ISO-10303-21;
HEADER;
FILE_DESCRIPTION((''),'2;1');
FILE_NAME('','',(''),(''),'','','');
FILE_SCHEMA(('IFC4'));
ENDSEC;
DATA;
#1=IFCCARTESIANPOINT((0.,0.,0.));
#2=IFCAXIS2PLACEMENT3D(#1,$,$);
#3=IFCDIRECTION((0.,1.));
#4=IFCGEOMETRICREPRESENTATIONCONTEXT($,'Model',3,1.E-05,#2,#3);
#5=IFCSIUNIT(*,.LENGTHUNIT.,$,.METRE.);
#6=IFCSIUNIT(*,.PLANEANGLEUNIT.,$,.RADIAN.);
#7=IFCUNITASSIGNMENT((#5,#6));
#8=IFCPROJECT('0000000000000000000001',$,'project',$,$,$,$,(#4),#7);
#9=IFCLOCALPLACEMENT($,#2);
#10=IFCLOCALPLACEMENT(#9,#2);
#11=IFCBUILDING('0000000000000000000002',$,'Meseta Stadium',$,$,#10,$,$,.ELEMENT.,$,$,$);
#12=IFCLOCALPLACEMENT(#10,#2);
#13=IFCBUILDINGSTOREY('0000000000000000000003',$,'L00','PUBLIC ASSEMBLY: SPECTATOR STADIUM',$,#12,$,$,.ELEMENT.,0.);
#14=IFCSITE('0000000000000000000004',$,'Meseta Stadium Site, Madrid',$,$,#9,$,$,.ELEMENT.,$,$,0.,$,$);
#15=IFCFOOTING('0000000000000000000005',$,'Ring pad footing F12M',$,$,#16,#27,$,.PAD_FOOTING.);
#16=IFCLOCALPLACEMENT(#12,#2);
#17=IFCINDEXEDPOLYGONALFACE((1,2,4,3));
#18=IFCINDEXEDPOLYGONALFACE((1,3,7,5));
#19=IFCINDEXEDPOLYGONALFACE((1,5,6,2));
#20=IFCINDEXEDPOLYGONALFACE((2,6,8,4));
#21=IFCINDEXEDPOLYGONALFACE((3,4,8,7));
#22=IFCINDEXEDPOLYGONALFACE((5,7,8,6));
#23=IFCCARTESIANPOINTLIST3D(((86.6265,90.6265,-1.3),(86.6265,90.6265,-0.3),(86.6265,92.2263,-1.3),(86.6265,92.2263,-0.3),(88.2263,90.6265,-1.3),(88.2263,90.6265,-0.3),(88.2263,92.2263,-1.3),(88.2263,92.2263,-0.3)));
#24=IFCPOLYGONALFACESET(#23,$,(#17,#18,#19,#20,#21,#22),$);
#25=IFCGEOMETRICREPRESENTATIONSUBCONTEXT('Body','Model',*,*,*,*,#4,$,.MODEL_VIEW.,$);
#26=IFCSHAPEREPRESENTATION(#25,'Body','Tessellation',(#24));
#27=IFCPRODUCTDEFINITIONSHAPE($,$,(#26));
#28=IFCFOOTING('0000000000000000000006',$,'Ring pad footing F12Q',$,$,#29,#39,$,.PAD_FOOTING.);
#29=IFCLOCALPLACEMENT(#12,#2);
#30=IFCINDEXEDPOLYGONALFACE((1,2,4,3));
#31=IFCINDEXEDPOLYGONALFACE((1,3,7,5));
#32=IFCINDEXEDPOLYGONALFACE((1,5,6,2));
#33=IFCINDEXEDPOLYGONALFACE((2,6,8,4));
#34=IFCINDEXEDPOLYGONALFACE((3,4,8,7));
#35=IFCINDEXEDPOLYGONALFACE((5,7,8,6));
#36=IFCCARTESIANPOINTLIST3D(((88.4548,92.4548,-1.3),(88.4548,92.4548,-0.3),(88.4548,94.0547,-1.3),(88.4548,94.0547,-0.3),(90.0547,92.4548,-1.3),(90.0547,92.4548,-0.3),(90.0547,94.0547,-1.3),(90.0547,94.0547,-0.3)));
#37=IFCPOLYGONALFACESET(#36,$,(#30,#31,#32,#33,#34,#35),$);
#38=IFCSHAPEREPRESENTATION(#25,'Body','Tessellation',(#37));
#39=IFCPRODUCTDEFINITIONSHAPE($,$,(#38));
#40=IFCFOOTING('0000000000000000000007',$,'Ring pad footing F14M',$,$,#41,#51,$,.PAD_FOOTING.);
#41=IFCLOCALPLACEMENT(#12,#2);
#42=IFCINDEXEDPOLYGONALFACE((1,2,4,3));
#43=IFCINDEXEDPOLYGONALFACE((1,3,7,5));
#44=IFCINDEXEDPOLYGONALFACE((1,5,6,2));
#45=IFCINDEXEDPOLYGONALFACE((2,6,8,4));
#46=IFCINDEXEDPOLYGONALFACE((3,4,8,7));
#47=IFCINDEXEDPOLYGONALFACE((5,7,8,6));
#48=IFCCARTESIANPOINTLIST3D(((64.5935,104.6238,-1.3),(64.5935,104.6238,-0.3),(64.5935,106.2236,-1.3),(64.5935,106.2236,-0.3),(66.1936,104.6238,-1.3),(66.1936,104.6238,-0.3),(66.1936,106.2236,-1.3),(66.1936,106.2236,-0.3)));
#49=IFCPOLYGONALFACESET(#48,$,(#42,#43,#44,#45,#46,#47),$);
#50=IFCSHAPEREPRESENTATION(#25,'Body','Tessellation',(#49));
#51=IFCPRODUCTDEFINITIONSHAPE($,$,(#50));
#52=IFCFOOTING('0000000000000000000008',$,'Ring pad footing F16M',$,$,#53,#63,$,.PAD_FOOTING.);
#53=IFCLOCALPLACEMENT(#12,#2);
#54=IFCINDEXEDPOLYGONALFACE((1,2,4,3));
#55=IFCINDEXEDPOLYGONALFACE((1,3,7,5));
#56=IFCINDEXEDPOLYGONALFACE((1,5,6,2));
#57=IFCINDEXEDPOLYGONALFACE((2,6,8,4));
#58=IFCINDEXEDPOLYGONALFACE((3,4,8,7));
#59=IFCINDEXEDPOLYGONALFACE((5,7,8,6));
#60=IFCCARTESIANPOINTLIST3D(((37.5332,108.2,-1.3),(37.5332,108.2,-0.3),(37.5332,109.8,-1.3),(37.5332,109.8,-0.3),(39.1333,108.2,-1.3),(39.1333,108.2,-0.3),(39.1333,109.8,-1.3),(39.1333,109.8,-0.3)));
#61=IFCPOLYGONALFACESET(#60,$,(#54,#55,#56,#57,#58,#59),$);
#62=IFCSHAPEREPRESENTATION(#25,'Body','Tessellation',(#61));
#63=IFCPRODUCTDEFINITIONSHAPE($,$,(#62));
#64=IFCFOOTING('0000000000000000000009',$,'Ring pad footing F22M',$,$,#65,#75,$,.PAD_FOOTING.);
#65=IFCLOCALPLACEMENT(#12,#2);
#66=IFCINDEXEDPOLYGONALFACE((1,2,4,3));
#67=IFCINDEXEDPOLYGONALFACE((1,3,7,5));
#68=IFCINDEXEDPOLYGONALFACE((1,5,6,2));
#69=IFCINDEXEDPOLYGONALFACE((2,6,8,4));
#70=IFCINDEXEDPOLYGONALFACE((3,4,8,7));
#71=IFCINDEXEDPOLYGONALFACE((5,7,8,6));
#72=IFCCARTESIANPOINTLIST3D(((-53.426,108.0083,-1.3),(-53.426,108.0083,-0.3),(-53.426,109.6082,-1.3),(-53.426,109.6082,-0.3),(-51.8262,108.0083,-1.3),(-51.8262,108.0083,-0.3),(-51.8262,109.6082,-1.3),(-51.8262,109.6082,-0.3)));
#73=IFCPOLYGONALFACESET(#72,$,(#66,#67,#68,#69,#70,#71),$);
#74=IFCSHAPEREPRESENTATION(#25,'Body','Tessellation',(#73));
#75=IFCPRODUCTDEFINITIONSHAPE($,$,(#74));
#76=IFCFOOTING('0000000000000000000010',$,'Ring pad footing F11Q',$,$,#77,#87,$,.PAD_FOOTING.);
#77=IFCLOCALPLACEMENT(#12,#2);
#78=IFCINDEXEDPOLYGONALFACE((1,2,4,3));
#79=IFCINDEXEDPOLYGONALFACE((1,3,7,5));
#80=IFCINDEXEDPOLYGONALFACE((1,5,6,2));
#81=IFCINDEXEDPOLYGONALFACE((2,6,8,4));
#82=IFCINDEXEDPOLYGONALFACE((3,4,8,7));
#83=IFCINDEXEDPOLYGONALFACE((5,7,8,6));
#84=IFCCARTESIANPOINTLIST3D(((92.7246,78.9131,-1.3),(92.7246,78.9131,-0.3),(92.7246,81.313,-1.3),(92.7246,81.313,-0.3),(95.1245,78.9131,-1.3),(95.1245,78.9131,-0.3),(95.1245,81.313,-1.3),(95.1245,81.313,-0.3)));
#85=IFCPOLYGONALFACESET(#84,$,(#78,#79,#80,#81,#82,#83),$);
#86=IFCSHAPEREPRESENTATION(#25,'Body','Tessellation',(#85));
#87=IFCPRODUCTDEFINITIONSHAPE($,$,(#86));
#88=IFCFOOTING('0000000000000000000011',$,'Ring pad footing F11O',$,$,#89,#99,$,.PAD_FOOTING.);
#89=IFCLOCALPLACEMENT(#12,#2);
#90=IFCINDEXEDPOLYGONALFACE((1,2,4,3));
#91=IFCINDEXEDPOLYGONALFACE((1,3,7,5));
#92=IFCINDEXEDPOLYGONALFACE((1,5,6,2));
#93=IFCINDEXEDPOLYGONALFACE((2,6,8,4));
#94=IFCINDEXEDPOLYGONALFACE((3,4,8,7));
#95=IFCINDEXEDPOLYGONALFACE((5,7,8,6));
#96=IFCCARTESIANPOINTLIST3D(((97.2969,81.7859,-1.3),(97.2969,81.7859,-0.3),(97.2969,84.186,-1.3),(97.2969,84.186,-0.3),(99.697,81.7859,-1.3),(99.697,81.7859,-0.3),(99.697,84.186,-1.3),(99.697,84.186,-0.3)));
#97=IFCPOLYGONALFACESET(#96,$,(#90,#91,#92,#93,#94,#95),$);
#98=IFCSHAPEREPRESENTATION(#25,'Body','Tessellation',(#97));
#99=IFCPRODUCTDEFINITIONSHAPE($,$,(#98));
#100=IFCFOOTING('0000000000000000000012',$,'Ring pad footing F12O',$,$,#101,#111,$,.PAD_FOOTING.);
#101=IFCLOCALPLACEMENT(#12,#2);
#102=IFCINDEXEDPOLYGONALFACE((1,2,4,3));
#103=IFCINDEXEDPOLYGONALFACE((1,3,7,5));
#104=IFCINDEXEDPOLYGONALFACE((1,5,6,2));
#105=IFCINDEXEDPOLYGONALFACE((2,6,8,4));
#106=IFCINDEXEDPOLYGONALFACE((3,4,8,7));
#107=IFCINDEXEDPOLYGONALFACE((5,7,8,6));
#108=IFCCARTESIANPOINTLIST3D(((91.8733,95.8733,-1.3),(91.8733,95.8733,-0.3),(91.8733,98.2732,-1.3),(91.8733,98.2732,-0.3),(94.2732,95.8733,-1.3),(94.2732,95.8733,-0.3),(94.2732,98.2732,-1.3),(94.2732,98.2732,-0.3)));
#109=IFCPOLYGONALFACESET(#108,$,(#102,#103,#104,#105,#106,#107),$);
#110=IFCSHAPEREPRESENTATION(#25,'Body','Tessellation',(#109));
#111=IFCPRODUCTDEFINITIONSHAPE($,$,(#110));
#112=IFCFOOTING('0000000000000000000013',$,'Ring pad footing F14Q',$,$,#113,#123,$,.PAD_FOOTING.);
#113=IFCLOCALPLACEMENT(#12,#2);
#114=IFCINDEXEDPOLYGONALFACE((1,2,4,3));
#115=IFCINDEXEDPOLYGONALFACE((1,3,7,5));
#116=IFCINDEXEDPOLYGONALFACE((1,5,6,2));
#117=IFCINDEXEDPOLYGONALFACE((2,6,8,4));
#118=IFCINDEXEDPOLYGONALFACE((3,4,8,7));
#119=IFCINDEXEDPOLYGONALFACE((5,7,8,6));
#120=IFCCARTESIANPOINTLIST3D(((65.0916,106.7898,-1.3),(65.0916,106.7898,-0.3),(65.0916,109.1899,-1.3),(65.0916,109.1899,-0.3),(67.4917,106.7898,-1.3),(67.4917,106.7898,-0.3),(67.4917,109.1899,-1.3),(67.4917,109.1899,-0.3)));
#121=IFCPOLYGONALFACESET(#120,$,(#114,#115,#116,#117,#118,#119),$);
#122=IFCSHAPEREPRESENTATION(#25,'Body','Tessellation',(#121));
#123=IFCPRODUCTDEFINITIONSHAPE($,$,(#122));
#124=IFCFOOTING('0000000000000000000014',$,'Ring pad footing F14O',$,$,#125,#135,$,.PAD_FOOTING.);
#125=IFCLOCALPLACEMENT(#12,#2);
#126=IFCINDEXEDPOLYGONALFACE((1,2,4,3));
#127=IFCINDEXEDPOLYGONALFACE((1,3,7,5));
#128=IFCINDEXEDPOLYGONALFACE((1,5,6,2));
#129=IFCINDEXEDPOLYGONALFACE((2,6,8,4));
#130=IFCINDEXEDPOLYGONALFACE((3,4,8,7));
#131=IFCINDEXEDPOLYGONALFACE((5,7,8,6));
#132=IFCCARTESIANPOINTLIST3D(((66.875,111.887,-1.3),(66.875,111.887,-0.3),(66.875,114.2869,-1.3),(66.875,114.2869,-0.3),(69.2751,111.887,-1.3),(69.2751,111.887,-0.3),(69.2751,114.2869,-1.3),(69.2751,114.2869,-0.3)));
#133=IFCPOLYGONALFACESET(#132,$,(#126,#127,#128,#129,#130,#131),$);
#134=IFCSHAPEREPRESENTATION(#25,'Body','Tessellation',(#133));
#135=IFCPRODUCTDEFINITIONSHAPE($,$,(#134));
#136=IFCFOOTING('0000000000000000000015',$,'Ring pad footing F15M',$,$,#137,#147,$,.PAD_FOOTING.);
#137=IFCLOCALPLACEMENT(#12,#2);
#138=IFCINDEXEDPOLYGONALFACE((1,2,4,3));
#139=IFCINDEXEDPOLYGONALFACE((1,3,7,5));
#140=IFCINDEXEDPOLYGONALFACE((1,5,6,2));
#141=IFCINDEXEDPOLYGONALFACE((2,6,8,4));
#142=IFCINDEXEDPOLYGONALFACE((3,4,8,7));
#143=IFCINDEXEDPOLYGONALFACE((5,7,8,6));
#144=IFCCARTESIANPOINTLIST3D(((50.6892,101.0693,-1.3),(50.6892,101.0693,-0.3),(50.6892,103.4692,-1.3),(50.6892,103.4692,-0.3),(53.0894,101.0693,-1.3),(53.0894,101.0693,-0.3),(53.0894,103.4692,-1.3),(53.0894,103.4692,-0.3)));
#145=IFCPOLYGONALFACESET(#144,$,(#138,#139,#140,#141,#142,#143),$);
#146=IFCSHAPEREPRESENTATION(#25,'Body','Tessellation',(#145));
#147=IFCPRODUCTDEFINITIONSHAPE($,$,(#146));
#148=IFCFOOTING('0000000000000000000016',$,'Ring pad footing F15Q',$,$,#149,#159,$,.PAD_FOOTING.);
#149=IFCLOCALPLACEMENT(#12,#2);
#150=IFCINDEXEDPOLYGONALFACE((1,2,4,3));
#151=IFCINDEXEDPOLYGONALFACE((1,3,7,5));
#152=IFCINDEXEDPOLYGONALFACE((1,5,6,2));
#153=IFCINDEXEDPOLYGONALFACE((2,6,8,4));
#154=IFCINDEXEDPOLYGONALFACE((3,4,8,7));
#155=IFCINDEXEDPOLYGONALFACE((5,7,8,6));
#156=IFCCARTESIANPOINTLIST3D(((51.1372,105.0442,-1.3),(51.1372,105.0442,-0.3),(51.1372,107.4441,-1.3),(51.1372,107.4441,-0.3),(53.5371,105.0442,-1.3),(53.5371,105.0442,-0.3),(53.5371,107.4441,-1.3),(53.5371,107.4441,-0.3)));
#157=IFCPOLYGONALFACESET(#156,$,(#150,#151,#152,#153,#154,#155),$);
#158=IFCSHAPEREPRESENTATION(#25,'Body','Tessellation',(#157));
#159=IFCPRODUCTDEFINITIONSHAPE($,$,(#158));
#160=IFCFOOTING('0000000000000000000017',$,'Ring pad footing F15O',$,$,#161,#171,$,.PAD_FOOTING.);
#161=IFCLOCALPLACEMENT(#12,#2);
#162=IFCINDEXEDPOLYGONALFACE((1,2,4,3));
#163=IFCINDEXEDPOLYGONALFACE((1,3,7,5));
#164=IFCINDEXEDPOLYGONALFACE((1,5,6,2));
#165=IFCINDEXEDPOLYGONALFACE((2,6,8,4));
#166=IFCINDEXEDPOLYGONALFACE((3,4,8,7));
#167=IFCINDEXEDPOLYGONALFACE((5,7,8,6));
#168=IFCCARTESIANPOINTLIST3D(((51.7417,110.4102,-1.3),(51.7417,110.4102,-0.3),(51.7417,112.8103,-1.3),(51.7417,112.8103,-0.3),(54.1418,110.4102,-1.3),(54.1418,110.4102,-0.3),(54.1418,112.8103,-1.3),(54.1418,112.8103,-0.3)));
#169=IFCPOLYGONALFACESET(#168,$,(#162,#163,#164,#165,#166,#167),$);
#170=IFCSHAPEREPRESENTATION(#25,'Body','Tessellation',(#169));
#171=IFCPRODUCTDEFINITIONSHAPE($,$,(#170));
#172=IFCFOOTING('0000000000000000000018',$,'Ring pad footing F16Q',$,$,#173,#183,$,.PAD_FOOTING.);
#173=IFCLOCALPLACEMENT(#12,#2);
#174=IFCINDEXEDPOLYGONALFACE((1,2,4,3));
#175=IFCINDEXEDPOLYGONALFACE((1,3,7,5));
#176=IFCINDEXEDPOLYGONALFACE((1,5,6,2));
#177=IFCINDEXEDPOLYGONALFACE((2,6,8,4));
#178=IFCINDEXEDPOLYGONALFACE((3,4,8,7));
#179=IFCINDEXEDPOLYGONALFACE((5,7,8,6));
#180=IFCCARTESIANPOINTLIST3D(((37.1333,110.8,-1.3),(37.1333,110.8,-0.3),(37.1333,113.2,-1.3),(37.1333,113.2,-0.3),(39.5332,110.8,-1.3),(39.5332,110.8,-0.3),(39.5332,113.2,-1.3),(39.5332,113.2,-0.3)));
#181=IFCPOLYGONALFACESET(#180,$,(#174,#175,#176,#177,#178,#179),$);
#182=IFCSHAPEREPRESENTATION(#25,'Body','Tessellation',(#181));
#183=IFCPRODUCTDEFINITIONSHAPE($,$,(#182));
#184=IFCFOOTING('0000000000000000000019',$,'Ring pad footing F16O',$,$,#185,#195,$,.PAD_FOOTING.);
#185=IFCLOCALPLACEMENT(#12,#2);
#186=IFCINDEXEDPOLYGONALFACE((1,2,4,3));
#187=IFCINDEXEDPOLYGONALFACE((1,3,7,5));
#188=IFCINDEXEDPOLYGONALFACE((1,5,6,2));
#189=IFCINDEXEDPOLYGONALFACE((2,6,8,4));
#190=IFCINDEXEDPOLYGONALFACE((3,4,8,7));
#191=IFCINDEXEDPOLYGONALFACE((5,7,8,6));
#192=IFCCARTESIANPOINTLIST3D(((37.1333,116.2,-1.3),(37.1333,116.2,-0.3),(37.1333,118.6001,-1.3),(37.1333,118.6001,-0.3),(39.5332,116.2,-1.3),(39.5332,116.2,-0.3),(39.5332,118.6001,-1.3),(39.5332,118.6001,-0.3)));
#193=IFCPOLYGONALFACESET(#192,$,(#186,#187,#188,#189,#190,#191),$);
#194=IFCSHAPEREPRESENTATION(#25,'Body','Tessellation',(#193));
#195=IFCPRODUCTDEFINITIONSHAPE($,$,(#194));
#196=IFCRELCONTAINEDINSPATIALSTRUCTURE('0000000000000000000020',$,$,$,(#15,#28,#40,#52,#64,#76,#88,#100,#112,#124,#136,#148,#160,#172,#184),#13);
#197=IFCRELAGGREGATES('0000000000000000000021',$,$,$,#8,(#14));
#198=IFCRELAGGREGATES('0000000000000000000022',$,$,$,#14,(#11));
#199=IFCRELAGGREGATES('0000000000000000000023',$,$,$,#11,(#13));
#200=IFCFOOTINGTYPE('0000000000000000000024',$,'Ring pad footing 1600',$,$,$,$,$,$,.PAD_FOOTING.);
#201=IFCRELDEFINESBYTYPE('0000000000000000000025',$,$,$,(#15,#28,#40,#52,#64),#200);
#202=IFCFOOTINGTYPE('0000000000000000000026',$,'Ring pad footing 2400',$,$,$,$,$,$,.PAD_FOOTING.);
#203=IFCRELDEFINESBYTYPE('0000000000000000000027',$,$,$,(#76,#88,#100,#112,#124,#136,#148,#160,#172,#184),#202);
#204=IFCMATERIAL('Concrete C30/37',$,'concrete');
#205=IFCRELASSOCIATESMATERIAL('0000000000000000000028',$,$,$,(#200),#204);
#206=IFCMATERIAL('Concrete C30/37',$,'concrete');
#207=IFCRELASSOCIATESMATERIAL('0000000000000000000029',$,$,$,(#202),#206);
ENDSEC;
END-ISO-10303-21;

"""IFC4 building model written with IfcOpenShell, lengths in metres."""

from ifc_helpers import new_model, si_unit, direction, frame, origin, place, context, subcontext, project, spatial, polyline, outline, extrude, material, type_object, element, save


model = new_model("IFC4")

# Units and contexts
model_context = context("Model", 3, precision=1e-05, world=origin(), true_north=direction((0.0, 1.0)))
body_context = subcontext(model_context, "Body", "Model", "MODEL_VIEW")
ifc_project = project(units=[si_unit("LENGTHUNIT", "METRE"), si_unit("PLANEANGLEUNIT", "RADIAN")], contexts=[model_context])

# Site, building, storey
site_placement = place(None, origin())
site = spatial("IfcSite", under=ifc_project, at=site_placement, Name="Meseta Stadium Site, Madrid", CompositionType="ELEMENT", RefElevation=0.0)
building_placement = place(site_placement, origin())
building = spatial("IfcBuilding", under=site, at=building_placement, Name="Meseta Stadium", CompositionType="ELEMENT")
storey_placement = place(building_placement, origin())
storey = spatial("IfcBuildingStorey", under=building, at=storey_placement, Name="L00", Description="PUBLIC ASSEMBLY: SPECTATOR STADIUM", CompositionType="ELEMENT", Elevation=0.0)

# Footings
ifc_material_1 = material(Name="Concrete C30/37", Category="concrete")
footing_type_1 = type_object("IfcFootingType", Name="Ring pad footing 1600", PredefinedType="PAD_FOOTING", material=ifc_material_1)
footing_1_placement = place(storey_placement, frame((0.0, 0.0, -1.3)))
element("IfcFooting", 1, at=footing_1_placement, inside=storey, type_object=footing_type_1, Name="Ring pad footing F12M", PredefinedType="PAD_FOOTING", context=body_context, shape_type="SweptSolid", body=[
    extrude(outline(polyline([(88.2263, 90.6265), (88.2263, 92.2263), (86.6265, 92.2263), (86.6265, 90.6265), (88.2263, 90.6265)])), origin(), (0.0, 0.0, 1.0), 1.0),
])
footing_2_placement = place(storey_placement, frame((0.0, 0.0, -1.3)))
element("IfcFooting", 2, at=footing_2_placement, inside=storey, type_object=footing_type_1, Name="Ring pad footing F12Q", PredefinedType="PAD_FOOTING", context=body_context, shape_type="SweptSolid", body=[
    extrude(outline(polyline([(90.0547, 92.4548), (90.0547, 94.0547), (88.4548, 94.0547), (88.4548, 92.4548), (90.0547, 92.4548)])), origin(), (0.0, 0.0, 1.0), 1.0),
])
footing_3_placement = place(storey_placement, frame((0.0, 0.0, -1.3)))
element("IfcFooting", 3, at=footing_3_placement, inside=storey, type_object=footing_type_1, Name="Ring pad footing F14M", PredefinedType="PAD_FOOTING", context=body_context, shape_type="SweptSolid", body=[
    extrude(outline(polyline([(66.1936, 104.6238), (66.1936, 106.2236), (64.5935, 106.2236), (64.5935, 104.6238), (66.1936, 104.6238)])), origin(), (0.0, 0.0, 1.0), 1.0),
])
footing_4_placement = place(storey_placement, frame((0.0, 0.0, -1.3)))
element("IfcFooting", 4, at=footing_4_placement, inside=storey, type_object=footing_type_1, Name="Ring pad footing F16M", PredefinedType="PAD_FOOTING", context=body_context, shape_type="SweptSolid", body=[
    extrude(outline(polyline([(39.1333, 108.2), (39.1333, 109.8), (37.5332, 109.8), (37.5332, 108.2), (39.1333, 108.2)])), origin(), (0.0, 0.0, 1.0), 1.0),
])
footing_5_placement = place(storey_placement, frame((0.0, 0.0, -1.3)))
element("IfcFooting", 5, at=footing_5_placement, inside=storey, type_object=footing_type_1, Name="Ring pad footing F22M", PredefinedType="PAD_FOOTING", context=body_context, shape_type="SweptSolid", body=[
    extrude(outline(polyline([(-51.8262, 108.0083), (-51.8262, 109.6082), (-53.426, 109.6082), (-53.426, 108.0083), (-51.8262, 108.0083)])), origin(), (0.0, 0.0, 1.0), 1.0),
])
ifc_material_2 = material(Name="Concrete C30/37", Category="concrete")
footing_type_2 = type_object("IfcFootingType", Name="Ring pad footing 2400", PredefinedType="PAD_FOOTING", material=ifc_material_2)
footing_6_placement = place(storey_placement, frame((0.0, 0.0, -1.3)))
element("IfcFooting", 6, at=footing_6_placement, inside=storey, type_object=footing_type_2, Name="Ring pad footing F11Q", PredefinedType="PAD_FOOTING", context=body_context, shape_type="SweptSolid", body=[
    extrude(outline(polyline([(95.1245, 78.9131), (95.1245, 81.313), (92.7246, 81.313), (92.7246, 78.9131), (95.1245, 78.9131)])), origin(), (0.0, 0.0, 1.0), 1.0),
])
footing_7_placement = place(storey_placement, frame((0.0, 0.0, -1.3)))
element("IfcFooting", 7, at=footing_7_placement, inside=storey, type_object=footing_type_2, Name="Ring pad footing F11O", PredefinedType="PAD_FOOTING", context=body_context, shape_type="SweptSolid", body=[
    extrude(outline(polyline([(99.697, 81.7859), (99.697, 84.186), (97.2969, 84.186), (97.2969, 81.7859), (99.697, 81.7859)])), origin(), (0.0, 0.0, 1.0), 1.0),
])
footing_8_placement = place(storey_placement, frame((0.0, 0.0, -1.3)))
element("IfcFooting", 8, at=footing_8_placement, inside=storey, type_object=footing_type_2, Name="Ring pad footing F12O", PredefinedType="PAD_FOOTING", context=body_context, shape_type="SweptSolid", body=[
    extrude(outline(polyline([(94.2732, 95.8733), (94.2732, 98.2732), (91.8733, 98.2732), (91.8733, 95.8733), (94.2732, 95.8733)])), origin(), (0.0, 0.0, 1.0), 1.0),
])
footing_9_placement = place(storey_placement, frame((0.0, 0.0, -1.3)))
element("IfcFooting", 9, at=footing_9_placement, inside=storey, type_object=footing_type_2, Name="Ring pad footing F14Q", PredefinedType="PAD_FOOTING", context=body_context, shape_type="SweptSolid", body=[
    extrude(outline(polyline([(67.4917, 106.7898), (67.4917, 109.1899), (65.0916, 109.1899), (65.0916, 106.7898), (67.4917, 106.7898)])), origin(), (0.0, 0.0, 1.0), 1.0),
])
footing_10_placement = place(storey_placement, frame((0.0, 0.0, -1.3)))
element("IfcFooting", 10, at=footing_10_placement, inside=storey, type_object=footing_type_2, Name="Ring pad footing F14O", PredefinedType="PAD_FOOTING", context=body_context, shape_type="SweptSolid", body=[
    extrude(outline(polyline([(69.2751, 111.887), (69.2751, 114.2869), (66.875, 114.2869), (66.875, 111.887), (69.2751, 111.887)])), origin(), (0.0, 0.0, 1.0), 1.0),
])
footing_11_placement = place(storey_placement, frame((0.0, 0.0, -1.3)))
element("IfcFooting", 11, at=footing_11_placement, inside=storey, type_object=footing_type_2, Name="Ring pad footing F15M", PredefinedType="PAD_FOOTING", context=body_context, shape_type="SweptSolid", body=[
    extrude(outline(polyline([(53.0894, 101.0693), (53.0894, 103.4692), (50.6892, 103.4692), (50.6892, 101.0693), (53.0894, 101.0693)])), origin(), (0.0, 0.0, 1.0), 1.0),
])
footing_12_placement = place(storey_placement, frame((0.0, 0.0, -1.3)))
element("IfcFooting", 12, at=footing_12_placement, inside=storey, type_object=footing_type_2, Name="Ring pad footing F15Q", PredefinedType="PAD_FOOTING", context=body_context, shape_type="SweptSolid", body=[
    extrude(outline(polyline([(53.5371, 105.0442), (53.5371, 107.4441), (51.1372, 107.4441), (51.1372, 105.0442), (53.5371, 105.0442)])), origin(), (0.0, 0.0, 1.0), 1.0),
])
footing_13_placement = place(storey_placement, frame((0.0, 0.0, -1.3)))
element("IfcFooting", 13, at=footing_13_placement, inside=storey, type_object=footing_type_2, Name="Ring pad footing F15O", PredefinedType="PAD_FOOTING", context=body_context, shape_type="SweptSolid", body=[
    extrude(outline(polyline([(54.1418, 110.4102), (54.1418, 112.8103), (51.7417, 112.8103), (51.7417, 110.4102), (54.1418, 110.4102)])), origin(), (0.0, 0.0, 1.0), 1.0),
])
footing_14_placement = place(storey_placement, frame((0.0, 0.0, -1.3)))
element("IfcFooting", 14, at=footing_14_placement, inside=storey, type_object=footing_type_2, Name="Ring pad footing F16Q", PredefinedType="PAD_FOOTING", context=body_context, shape_type="SweptSolid", body=[
    extrude(outline(polyline([(39.5332, 110.8), (39.5332, 113.2), (37.1333, 113.2), (37.1333, 110.8), (39.5332, 110.8)])), origin(), (0.0, 0.0, 1.0), 1.0),
])
footing_15_placement = place(storey_placement, frame((0.0, 0.0, -1.3)))
element("IfcFooting", 15, at=footing_15_placement, inside=storey, type_object=footing_type_2, Name="Ring pad footing F16O", PredefinedType="PAD_FOOTING", context=body_context, shape_type="SweptSolid", body=[
    extrude(outline(polyline([(39.5332, 116.2), (39.5332, 118.6001), (37.1333, 118.6001), (37.1333, 116.2), (39.5332, 116.2)])), origin(), (0.0, 0.0, 1.0), 1.0),
])

save(model, "model.ifc")
